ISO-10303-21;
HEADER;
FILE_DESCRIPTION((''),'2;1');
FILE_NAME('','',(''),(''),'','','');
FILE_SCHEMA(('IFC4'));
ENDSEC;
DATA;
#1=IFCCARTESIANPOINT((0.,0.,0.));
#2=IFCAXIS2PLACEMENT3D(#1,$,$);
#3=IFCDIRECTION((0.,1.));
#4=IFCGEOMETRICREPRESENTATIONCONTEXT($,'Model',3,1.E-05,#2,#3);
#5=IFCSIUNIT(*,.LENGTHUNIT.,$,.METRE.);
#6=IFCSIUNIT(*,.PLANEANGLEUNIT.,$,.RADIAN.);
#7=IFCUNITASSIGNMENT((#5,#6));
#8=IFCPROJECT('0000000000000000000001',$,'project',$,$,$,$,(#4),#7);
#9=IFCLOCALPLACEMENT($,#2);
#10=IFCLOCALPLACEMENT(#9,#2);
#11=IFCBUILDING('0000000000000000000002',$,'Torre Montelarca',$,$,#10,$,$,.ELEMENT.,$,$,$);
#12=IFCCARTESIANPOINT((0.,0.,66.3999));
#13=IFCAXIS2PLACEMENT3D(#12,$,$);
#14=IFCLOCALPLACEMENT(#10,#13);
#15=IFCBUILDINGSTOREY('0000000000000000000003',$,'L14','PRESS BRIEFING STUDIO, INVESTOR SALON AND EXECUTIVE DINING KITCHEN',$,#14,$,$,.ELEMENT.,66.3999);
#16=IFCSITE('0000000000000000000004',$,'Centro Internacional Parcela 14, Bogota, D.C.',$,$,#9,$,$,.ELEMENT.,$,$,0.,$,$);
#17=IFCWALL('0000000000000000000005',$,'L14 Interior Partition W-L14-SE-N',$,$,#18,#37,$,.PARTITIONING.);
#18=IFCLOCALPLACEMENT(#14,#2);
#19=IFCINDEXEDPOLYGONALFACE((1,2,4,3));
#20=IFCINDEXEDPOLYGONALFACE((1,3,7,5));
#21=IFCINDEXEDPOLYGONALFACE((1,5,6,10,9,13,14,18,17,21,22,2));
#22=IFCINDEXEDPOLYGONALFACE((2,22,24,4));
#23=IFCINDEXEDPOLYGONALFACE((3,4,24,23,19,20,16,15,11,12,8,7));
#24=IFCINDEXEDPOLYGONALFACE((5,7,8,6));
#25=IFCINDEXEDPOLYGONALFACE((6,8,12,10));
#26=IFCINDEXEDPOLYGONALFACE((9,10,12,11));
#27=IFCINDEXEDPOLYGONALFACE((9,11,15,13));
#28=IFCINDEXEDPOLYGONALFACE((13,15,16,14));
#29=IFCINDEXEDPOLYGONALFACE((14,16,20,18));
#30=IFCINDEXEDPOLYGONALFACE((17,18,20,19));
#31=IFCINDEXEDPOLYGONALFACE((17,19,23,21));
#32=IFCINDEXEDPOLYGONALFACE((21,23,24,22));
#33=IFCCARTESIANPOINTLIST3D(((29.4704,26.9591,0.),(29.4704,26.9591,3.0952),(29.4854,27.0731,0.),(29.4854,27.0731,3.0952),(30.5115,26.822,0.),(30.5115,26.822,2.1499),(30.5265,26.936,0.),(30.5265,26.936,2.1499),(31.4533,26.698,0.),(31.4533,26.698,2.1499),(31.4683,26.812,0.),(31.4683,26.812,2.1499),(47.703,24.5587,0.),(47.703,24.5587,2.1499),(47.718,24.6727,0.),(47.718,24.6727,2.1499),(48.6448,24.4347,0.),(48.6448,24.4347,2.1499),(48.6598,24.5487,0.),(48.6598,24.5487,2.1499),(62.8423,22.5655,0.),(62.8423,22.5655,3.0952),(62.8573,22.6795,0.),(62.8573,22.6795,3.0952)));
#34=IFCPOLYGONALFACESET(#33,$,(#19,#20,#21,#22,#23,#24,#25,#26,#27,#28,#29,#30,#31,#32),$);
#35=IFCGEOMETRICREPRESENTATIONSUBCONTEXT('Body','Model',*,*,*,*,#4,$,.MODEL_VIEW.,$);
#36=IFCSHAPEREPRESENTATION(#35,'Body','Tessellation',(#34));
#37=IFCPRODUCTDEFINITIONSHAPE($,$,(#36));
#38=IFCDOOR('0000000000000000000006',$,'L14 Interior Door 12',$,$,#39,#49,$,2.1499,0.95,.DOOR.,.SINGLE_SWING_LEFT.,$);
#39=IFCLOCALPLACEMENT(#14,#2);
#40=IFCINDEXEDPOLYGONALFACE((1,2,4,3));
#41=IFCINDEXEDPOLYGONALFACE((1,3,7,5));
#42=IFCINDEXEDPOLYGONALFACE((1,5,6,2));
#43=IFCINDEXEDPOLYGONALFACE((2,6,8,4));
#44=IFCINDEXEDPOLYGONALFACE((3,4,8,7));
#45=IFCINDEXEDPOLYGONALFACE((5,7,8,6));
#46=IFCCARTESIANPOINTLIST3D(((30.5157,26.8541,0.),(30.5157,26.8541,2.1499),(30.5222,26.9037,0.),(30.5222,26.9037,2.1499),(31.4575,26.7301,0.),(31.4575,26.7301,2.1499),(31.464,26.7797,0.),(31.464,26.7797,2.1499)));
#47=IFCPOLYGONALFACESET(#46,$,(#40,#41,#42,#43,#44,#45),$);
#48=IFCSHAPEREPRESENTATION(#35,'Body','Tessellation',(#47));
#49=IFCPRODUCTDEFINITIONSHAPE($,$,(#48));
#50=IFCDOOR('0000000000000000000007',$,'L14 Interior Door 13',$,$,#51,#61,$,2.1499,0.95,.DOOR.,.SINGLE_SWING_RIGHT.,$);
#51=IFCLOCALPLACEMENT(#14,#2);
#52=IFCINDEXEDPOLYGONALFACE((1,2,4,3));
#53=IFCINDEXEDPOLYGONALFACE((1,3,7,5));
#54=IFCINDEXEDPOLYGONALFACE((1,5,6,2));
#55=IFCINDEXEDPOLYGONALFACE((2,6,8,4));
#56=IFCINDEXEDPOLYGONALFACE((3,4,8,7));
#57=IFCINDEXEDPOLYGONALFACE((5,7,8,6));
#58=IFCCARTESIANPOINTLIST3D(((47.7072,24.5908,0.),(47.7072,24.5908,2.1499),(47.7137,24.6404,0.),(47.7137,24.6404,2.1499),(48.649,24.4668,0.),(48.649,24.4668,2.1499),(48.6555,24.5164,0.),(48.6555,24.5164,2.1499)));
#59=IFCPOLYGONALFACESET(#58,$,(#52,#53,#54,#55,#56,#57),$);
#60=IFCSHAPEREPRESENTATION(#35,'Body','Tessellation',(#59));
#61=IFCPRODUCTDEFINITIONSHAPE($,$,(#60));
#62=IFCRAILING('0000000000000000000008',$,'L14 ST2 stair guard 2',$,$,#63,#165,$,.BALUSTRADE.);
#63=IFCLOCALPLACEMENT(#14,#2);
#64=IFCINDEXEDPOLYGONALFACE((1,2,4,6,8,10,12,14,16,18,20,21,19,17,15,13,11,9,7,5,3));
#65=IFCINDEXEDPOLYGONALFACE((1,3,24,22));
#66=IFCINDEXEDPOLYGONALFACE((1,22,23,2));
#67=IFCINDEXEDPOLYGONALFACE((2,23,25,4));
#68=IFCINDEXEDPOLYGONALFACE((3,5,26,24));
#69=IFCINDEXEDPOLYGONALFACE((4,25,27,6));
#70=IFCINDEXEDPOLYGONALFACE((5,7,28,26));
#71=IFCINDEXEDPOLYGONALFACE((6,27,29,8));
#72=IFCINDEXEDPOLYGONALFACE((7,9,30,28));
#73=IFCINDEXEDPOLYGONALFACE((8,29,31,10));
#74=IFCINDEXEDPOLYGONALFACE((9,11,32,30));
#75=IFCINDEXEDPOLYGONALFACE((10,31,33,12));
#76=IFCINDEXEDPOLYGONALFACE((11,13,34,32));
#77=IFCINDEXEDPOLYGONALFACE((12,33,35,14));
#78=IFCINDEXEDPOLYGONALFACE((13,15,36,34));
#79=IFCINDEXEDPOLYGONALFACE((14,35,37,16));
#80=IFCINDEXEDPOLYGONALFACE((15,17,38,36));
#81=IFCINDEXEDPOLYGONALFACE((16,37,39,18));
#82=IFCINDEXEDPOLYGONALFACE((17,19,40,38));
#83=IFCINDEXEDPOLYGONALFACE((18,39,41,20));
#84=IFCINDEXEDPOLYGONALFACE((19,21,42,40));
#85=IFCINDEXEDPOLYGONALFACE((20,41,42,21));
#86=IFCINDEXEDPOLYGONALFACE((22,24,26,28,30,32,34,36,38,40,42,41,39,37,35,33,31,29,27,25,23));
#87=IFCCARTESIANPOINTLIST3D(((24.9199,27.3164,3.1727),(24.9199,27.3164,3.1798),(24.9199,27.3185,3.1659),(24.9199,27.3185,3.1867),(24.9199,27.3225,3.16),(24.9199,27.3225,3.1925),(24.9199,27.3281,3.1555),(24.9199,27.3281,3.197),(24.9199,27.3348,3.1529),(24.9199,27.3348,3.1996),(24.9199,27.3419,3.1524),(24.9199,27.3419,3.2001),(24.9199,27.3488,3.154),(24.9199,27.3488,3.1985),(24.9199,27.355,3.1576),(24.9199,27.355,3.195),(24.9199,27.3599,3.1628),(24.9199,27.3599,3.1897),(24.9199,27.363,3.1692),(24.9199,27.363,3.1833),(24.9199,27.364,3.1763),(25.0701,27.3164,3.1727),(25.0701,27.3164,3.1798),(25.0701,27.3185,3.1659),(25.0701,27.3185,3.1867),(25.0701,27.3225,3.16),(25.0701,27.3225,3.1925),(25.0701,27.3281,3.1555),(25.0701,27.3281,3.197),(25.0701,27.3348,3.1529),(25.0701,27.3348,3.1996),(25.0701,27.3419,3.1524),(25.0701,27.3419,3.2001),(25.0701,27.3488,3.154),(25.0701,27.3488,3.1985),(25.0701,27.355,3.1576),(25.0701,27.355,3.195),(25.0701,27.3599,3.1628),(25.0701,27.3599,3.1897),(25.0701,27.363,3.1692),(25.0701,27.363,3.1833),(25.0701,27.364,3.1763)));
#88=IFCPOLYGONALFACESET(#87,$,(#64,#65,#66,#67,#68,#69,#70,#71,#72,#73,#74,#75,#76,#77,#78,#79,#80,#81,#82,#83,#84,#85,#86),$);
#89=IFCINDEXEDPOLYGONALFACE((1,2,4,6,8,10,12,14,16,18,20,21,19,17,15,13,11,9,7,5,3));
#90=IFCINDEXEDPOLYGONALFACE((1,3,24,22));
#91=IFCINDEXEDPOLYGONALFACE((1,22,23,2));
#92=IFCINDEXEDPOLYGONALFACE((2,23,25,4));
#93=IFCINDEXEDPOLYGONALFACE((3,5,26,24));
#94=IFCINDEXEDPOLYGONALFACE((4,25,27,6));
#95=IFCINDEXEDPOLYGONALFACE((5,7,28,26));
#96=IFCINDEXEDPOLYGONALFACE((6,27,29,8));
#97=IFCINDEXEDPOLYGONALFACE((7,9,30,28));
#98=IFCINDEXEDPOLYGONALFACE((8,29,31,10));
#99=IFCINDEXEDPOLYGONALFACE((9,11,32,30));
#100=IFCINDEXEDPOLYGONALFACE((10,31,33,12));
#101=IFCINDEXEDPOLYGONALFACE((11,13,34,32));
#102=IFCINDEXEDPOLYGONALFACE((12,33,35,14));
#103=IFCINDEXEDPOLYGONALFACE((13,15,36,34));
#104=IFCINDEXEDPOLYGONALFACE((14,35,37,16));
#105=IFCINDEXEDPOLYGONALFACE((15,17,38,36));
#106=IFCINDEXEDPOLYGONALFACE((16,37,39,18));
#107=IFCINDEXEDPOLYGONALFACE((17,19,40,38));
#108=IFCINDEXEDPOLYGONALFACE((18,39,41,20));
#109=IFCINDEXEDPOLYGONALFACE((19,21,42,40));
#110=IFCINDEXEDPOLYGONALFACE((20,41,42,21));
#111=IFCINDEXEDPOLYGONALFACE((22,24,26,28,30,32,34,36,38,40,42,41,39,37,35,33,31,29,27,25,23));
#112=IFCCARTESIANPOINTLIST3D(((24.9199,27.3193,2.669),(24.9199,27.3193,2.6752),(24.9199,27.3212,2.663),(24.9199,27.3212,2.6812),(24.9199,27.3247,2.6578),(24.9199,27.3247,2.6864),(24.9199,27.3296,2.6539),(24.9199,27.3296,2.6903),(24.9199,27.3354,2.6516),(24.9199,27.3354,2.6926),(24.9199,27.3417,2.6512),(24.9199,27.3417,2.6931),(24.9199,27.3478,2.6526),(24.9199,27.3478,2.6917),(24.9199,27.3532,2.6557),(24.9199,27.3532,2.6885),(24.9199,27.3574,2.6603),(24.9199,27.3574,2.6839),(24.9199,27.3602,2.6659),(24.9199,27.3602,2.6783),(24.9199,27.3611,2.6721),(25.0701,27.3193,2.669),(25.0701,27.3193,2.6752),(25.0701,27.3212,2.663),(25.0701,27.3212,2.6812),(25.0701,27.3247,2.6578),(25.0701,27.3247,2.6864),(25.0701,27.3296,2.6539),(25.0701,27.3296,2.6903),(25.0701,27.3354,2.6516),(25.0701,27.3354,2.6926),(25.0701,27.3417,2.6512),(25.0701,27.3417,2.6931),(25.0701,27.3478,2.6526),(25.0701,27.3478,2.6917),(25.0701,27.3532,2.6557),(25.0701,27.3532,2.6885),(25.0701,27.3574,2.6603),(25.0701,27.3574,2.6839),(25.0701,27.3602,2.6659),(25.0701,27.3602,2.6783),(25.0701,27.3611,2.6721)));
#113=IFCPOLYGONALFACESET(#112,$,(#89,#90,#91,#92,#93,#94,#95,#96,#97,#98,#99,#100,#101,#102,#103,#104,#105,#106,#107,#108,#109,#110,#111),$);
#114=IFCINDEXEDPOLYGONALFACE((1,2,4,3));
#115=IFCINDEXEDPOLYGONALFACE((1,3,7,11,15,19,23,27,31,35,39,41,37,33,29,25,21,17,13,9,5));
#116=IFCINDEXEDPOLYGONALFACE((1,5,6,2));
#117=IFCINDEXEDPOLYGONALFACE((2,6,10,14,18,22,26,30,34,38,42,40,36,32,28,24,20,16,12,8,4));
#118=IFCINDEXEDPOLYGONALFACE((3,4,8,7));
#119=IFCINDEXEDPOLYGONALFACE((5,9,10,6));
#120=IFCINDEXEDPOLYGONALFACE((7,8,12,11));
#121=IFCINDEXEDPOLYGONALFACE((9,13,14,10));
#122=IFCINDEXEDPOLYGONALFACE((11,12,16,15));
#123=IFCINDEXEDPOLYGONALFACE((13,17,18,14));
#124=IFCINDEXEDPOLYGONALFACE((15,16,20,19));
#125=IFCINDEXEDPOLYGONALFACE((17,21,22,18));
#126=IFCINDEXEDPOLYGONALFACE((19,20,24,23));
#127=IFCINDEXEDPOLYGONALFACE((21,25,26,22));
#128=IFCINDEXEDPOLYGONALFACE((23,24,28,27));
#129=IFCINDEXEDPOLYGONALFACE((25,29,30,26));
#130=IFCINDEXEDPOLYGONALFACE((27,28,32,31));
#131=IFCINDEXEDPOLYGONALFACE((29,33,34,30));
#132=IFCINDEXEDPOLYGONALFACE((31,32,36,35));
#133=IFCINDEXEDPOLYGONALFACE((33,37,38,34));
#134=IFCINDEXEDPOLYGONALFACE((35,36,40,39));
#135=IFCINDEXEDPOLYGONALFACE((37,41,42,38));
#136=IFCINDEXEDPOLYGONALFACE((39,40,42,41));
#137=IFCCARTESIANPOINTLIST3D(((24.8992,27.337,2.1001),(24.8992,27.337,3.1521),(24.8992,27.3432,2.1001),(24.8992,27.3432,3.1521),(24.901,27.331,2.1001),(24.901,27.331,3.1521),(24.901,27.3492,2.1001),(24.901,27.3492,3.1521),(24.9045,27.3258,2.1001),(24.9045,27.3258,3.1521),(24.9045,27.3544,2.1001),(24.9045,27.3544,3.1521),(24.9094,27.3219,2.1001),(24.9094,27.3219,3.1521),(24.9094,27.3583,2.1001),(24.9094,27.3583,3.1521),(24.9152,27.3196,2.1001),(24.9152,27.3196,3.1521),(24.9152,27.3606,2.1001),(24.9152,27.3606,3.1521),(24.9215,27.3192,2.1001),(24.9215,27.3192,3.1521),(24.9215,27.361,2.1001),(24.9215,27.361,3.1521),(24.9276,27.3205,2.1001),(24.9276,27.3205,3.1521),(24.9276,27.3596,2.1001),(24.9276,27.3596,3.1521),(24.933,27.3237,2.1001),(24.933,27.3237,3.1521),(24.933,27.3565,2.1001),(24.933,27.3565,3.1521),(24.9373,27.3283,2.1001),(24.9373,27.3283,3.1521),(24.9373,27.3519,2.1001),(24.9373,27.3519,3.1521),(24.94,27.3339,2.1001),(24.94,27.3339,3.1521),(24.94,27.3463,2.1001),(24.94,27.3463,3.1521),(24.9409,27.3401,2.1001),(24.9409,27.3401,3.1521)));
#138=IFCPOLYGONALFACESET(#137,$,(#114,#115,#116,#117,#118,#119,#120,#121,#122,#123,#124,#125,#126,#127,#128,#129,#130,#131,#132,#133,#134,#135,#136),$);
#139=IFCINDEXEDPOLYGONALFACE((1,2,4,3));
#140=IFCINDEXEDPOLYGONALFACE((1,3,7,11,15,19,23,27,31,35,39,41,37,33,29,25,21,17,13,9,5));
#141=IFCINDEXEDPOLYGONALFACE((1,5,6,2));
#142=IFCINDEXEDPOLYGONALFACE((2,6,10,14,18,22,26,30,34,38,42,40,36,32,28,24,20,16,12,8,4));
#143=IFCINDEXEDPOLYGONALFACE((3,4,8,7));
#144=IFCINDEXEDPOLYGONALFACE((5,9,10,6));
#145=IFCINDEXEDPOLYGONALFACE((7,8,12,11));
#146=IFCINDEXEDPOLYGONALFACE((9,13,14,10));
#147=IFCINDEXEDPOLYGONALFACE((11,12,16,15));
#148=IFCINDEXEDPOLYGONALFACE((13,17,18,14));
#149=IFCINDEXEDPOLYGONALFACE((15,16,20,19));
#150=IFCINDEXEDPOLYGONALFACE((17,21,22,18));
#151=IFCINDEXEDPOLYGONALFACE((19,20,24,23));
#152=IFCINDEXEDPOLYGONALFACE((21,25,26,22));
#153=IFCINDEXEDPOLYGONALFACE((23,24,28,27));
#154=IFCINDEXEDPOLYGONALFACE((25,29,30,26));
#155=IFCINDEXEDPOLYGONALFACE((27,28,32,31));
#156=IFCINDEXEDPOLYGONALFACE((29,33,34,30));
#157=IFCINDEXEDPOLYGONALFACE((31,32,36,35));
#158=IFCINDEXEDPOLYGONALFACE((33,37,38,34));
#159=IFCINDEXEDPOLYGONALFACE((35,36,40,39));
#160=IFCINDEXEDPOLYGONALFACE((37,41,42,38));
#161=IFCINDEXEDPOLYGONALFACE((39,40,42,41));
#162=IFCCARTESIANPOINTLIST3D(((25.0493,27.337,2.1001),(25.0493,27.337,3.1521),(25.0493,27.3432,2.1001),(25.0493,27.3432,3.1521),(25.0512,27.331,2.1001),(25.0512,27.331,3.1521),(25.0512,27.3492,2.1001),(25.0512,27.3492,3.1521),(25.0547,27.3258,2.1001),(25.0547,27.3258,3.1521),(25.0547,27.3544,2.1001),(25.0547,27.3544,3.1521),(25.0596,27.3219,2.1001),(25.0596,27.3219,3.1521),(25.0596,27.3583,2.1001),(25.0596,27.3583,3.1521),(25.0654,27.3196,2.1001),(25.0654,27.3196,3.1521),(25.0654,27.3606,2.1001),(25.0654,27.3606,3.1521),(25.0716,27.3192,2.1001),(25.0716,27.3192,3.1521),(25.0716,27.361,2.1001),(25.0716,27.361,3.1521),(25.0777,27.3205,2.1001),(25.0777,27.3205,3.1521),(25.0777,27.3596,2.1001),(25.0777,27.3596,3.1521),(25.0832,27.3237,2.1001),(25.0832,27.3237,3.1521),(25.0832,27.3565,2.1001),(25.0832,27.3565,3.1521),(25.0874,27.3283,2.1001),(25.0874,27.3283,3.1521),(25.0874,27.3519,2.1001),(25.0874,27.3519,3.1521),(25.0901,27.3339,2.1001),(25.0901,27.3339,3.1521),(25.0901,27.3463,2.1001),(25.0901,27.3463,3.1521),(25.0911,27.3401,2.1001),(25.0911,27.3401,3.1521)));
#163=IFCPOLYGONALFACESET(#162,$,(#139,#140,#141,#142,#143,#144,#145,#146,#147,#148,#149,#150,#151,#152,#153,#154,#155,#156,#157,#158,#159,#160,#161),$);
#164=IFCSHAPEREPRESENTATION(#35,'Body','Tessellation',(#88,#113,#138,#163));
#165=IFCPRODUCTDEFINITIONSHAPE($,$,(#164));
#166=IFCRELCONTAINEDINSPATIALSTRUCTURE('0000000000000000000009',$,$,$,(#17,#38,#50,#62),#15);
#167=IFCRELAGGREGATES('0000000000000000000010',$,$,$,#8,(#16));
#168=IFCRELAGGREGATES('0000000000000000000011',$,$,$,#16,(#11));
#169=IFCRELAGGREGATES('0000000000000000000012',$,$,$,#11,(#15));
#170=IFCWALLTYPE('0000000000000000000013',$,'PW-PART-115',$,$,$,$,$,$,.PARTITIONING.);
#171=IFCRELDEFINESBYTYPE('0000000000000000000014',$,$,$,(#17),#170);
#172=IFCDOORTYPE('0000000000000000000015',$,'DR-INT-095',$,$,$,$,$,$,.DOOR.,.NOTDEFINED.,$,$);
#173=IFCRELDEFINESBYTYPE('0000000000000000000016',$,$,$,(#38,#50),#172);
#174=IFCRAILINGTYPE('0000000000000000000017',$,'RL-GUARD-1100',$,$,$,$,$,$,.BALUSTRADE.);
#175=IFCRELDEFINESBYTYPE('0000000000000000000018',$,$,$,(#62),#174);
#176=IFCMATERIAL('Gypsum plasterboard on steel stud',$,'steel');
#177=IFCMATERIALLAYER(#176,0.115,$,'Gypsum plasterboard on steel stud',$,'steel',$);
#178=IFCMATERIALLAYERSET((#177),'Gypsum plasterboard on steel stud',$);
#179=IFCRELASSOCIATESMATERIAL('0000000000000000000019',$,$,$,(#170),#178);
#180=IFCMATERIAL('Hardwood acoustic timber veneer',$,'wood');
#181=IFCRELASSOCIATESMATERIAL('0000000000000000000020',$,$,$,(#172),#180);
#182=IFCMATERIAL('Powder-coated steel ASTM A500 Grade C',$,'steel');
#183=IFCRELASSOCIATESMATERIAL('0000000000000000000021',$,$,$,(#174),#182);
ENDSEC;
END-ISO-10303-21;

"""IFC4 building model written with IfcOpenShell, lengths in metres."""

from ifc_helpers import new_model, si_unit, direction, frame, frame_2d, origin, origin_2d, place, context, subcontext, project, spatial, rectangle, circle, extrude, source, transform, mapped, material, layer, layer_set, type_object, element, fill, save


model = new_model("IFC4")

# Units and contexts
model_context = context("Model", 3, precision=1e-05, world=origin(), true_north=direction((0.0, 1.0)))
body_context = subcontext(model_context, "Body", "Model", "MODEL_VIEW")
ifc_project = project(units=[si_unit("LENGTHUNIT", "METRE"), si_unit("PLANEANGLEUNIT", "RADIAN")], contexts=[model_context])

# Site, building, storey
site_placement = place(None, origin())
site = spatial("IfcSite", under=ifc_project, at=site_placement, Name="Centro Internacional Parcela 14, Bogota, D.C.", CompositionType="ELEMENT", RefElevation=0.0)
building_placement = place(site_placement, origin())
building = spatial("IfcBuilding", under=site, at=building_placement, Name="Torre Montelarca", CompositionType="ELEMENT")
storey_placement = place(building_placement, frame((0.0, 0.0, 66.3999)))
storey = spatial("IfcBuildingStorey", under=building, at=storey_placement, Name="L14", Description="PRESS BRIEFING STUDIO, INVESTOR SALON AND EXECUTIVE DINING KITCHEN", CompositionType="ELEMENT", Elevation=66.3999)

# Wall, openings, doors
ifc_material_1 = material(Name="Gypsum plasterboard on steel stud", Category="steel")
ifc_layer_1 = layer(ifc_material_1, 0.115, Name="Gypsum plasterboard on steel stud", Category="steel")
ifc_layer_set_1 = layer_set([ifc_layer_1], Name="Gypsum plasterboard on steel stud")
wall_type_1 = type_object("IfcWallType", Name="PW-PART-115", PredefinedType="PARTITIONING", material=ifc_layer_set_1)
wall_1_placement = place(storey_placement, frame((29.4778, 27.0161, 0.0), z_axis=(0.0, 0.0, 1.0), x_axis=(0.991445, -0.130528, 0.0)))
wall_1 = element("IfcWall", 1, at=wall_1_placement, inside=storey, type_object=wall_type_1, Name="L14 Interior Partition W-L14-SE-N", PredefinedType="PARTITIONING", context=body_context, shape_type="SweptSolid", body=[
    extrude(rectangle(XDim=33.6599, YDim=0.115, at=frame_2d((16.8301, 0.0))), origin(), (0.0, 0.0, 1.0), 3.0952),
])
opening_1_placement = place(wall_1_placement, frame((1.05, 0.0, 0.0)))
opening_1 = element("IfcOpeningElement", 2, at=opening_1_placement, cuts=wall_1, PredefinedType="OPENING", context=body_context, shape_type="SweptSolid", body=[
    extrude(rectangle(XDim=0.95, YDim=2.1499, at=frame_2d((0.4751, 1.075))), frame((0.0, 0.0674, 0.0), z_axis=(0.0, -1.0, 0.0), x_axis=(1.0, 0.0, 0.0)), (0.0, 0.0, 1.0), 0.135),
])
opening_2_placement = place(wall_1_placement, frame((18.3899, 0.0, 0.0)))
opening_2 = element("IfcOpeningElement", 3, at=opening_2_placement, cuts=wall_1, PredefinedType="OPENING", context=body_context, shape_type="SweptSolid", body=[
    extrude(rectangle(XDim=0.95, YDim=2.1499, at=frame_2d((0.4751, 1.075))), frame((0.0, 0.0674, 0.0), z_axis=(0.0, -1.0, 0.0), x_axis=(1.0, 0.0, 0.0)), (0.0, 0.0, 1.0), 0.135),
])
ifc_material_2 = material(Name="Hardwood acoustic timber veneer", Category="wood")
door_type_1 = type_object("IfcDoorType", Name="DR-INT-095", OperationType="NOTDEFINED", PredefinedType="DOOR", material=ifc_material_2)
shared_shape_1 = source(origin(), body_context, "Body", "SweptSolid", [
    extrude(rectangle(XDim=0.95, YDim=2.1499, at=frame_2d((0.4751, 1.075))), frame((0.0, 0.0249, 0.0), z_axis=(0.0, -1.0, 0.0), x_axis=(1.0, 0.0, 0.0)), (0.0, 0.0, 1.0), 0.05),
])
door_1_placement = place(opening_1_placement, origin())
door_1 = element("IfcDoor", 4, at=door_1_placement, inside=storey, type_object=door_type_1, Name="L14 Interior Door 12", OperationType="SINGLE_SWING_LEFT", OverallHeight=2.1499, OverallWidth=0.95, PredefinedType="DOOR", context=body_context, shape_type="MappedRepresentation", body=[
    mapped(shared_shape_1, transform((0.0, 0.0, 0.0), scale=1.0)),
])
fill(opening_1, door_1)
door_2_placement = place(opening_2_placement, origin())
door_2 = element("IfcDoor", 5, at=door_2_placement, inside=storey, type_object=door_type_1, Name="L14 Interior Door 13", OperationType="SINGLE_SWING_RIGHT", OverallHeight=2.1499, OverallWidth=0.95, PredefinedType="DOOR", context=body_context, shape_type="MappedRepresentation", body=[
    mapped(shared_shape_1, transform((0.0, 0.0, 0.0), scale=1.0)),
])
fill(opening_2, door_2)

# Railing
ifc_material_3 = material(Name="Powder-coated steel ASTM A500 Grade C", Category="steel")
railing_type = type_object("IfcRailingType", Name="RL-GUARD-1100", PredefinedType="BALUSTRADE", material=ifc_material_3)
railing_1_placement = place(storey_placement, frame((24.9199, 27.3401, 2.1001)))
element("IfcRailing", 6, at=railing_1_placement, inside=storey, type_object=railing_type, Name="L14 ST2 stair guard 2", PredefinedType="BALUSTRADE", context=body_context, shape_type="SweptSolid", body=[
    extrude(circle(Radius=0.0239, at=origin_2d()), frame((0.0, 0.0, 1.0762), z_axis=(1.0, 0.0, 0.0), x_axis=(0.0, 1.0, 0.0)), (0.0, 0.0, 1.0), 0.1501),
    extrude(circle(Radius=0.021, at=origin_2d()), frame((0.0, 0.0, 0.572), z_axis=(1.0, 0.0, 0.0), x_axis=(0.0, 1.0, 0.0)), (0.0, 0.0, 1.0), 0.1501),
    extrude(circle(Radius=0.021, at=origin_2d()), origin(), (0.0, 0.0, 1.0), 1.052),
    extrude(circle(Radius=0.021, at=origin_2d()), frame((0.1501, 0.0, 0.0)), (0.0, 0.0, 1.0), 1.052),
])

save(model, "model.ifc")
